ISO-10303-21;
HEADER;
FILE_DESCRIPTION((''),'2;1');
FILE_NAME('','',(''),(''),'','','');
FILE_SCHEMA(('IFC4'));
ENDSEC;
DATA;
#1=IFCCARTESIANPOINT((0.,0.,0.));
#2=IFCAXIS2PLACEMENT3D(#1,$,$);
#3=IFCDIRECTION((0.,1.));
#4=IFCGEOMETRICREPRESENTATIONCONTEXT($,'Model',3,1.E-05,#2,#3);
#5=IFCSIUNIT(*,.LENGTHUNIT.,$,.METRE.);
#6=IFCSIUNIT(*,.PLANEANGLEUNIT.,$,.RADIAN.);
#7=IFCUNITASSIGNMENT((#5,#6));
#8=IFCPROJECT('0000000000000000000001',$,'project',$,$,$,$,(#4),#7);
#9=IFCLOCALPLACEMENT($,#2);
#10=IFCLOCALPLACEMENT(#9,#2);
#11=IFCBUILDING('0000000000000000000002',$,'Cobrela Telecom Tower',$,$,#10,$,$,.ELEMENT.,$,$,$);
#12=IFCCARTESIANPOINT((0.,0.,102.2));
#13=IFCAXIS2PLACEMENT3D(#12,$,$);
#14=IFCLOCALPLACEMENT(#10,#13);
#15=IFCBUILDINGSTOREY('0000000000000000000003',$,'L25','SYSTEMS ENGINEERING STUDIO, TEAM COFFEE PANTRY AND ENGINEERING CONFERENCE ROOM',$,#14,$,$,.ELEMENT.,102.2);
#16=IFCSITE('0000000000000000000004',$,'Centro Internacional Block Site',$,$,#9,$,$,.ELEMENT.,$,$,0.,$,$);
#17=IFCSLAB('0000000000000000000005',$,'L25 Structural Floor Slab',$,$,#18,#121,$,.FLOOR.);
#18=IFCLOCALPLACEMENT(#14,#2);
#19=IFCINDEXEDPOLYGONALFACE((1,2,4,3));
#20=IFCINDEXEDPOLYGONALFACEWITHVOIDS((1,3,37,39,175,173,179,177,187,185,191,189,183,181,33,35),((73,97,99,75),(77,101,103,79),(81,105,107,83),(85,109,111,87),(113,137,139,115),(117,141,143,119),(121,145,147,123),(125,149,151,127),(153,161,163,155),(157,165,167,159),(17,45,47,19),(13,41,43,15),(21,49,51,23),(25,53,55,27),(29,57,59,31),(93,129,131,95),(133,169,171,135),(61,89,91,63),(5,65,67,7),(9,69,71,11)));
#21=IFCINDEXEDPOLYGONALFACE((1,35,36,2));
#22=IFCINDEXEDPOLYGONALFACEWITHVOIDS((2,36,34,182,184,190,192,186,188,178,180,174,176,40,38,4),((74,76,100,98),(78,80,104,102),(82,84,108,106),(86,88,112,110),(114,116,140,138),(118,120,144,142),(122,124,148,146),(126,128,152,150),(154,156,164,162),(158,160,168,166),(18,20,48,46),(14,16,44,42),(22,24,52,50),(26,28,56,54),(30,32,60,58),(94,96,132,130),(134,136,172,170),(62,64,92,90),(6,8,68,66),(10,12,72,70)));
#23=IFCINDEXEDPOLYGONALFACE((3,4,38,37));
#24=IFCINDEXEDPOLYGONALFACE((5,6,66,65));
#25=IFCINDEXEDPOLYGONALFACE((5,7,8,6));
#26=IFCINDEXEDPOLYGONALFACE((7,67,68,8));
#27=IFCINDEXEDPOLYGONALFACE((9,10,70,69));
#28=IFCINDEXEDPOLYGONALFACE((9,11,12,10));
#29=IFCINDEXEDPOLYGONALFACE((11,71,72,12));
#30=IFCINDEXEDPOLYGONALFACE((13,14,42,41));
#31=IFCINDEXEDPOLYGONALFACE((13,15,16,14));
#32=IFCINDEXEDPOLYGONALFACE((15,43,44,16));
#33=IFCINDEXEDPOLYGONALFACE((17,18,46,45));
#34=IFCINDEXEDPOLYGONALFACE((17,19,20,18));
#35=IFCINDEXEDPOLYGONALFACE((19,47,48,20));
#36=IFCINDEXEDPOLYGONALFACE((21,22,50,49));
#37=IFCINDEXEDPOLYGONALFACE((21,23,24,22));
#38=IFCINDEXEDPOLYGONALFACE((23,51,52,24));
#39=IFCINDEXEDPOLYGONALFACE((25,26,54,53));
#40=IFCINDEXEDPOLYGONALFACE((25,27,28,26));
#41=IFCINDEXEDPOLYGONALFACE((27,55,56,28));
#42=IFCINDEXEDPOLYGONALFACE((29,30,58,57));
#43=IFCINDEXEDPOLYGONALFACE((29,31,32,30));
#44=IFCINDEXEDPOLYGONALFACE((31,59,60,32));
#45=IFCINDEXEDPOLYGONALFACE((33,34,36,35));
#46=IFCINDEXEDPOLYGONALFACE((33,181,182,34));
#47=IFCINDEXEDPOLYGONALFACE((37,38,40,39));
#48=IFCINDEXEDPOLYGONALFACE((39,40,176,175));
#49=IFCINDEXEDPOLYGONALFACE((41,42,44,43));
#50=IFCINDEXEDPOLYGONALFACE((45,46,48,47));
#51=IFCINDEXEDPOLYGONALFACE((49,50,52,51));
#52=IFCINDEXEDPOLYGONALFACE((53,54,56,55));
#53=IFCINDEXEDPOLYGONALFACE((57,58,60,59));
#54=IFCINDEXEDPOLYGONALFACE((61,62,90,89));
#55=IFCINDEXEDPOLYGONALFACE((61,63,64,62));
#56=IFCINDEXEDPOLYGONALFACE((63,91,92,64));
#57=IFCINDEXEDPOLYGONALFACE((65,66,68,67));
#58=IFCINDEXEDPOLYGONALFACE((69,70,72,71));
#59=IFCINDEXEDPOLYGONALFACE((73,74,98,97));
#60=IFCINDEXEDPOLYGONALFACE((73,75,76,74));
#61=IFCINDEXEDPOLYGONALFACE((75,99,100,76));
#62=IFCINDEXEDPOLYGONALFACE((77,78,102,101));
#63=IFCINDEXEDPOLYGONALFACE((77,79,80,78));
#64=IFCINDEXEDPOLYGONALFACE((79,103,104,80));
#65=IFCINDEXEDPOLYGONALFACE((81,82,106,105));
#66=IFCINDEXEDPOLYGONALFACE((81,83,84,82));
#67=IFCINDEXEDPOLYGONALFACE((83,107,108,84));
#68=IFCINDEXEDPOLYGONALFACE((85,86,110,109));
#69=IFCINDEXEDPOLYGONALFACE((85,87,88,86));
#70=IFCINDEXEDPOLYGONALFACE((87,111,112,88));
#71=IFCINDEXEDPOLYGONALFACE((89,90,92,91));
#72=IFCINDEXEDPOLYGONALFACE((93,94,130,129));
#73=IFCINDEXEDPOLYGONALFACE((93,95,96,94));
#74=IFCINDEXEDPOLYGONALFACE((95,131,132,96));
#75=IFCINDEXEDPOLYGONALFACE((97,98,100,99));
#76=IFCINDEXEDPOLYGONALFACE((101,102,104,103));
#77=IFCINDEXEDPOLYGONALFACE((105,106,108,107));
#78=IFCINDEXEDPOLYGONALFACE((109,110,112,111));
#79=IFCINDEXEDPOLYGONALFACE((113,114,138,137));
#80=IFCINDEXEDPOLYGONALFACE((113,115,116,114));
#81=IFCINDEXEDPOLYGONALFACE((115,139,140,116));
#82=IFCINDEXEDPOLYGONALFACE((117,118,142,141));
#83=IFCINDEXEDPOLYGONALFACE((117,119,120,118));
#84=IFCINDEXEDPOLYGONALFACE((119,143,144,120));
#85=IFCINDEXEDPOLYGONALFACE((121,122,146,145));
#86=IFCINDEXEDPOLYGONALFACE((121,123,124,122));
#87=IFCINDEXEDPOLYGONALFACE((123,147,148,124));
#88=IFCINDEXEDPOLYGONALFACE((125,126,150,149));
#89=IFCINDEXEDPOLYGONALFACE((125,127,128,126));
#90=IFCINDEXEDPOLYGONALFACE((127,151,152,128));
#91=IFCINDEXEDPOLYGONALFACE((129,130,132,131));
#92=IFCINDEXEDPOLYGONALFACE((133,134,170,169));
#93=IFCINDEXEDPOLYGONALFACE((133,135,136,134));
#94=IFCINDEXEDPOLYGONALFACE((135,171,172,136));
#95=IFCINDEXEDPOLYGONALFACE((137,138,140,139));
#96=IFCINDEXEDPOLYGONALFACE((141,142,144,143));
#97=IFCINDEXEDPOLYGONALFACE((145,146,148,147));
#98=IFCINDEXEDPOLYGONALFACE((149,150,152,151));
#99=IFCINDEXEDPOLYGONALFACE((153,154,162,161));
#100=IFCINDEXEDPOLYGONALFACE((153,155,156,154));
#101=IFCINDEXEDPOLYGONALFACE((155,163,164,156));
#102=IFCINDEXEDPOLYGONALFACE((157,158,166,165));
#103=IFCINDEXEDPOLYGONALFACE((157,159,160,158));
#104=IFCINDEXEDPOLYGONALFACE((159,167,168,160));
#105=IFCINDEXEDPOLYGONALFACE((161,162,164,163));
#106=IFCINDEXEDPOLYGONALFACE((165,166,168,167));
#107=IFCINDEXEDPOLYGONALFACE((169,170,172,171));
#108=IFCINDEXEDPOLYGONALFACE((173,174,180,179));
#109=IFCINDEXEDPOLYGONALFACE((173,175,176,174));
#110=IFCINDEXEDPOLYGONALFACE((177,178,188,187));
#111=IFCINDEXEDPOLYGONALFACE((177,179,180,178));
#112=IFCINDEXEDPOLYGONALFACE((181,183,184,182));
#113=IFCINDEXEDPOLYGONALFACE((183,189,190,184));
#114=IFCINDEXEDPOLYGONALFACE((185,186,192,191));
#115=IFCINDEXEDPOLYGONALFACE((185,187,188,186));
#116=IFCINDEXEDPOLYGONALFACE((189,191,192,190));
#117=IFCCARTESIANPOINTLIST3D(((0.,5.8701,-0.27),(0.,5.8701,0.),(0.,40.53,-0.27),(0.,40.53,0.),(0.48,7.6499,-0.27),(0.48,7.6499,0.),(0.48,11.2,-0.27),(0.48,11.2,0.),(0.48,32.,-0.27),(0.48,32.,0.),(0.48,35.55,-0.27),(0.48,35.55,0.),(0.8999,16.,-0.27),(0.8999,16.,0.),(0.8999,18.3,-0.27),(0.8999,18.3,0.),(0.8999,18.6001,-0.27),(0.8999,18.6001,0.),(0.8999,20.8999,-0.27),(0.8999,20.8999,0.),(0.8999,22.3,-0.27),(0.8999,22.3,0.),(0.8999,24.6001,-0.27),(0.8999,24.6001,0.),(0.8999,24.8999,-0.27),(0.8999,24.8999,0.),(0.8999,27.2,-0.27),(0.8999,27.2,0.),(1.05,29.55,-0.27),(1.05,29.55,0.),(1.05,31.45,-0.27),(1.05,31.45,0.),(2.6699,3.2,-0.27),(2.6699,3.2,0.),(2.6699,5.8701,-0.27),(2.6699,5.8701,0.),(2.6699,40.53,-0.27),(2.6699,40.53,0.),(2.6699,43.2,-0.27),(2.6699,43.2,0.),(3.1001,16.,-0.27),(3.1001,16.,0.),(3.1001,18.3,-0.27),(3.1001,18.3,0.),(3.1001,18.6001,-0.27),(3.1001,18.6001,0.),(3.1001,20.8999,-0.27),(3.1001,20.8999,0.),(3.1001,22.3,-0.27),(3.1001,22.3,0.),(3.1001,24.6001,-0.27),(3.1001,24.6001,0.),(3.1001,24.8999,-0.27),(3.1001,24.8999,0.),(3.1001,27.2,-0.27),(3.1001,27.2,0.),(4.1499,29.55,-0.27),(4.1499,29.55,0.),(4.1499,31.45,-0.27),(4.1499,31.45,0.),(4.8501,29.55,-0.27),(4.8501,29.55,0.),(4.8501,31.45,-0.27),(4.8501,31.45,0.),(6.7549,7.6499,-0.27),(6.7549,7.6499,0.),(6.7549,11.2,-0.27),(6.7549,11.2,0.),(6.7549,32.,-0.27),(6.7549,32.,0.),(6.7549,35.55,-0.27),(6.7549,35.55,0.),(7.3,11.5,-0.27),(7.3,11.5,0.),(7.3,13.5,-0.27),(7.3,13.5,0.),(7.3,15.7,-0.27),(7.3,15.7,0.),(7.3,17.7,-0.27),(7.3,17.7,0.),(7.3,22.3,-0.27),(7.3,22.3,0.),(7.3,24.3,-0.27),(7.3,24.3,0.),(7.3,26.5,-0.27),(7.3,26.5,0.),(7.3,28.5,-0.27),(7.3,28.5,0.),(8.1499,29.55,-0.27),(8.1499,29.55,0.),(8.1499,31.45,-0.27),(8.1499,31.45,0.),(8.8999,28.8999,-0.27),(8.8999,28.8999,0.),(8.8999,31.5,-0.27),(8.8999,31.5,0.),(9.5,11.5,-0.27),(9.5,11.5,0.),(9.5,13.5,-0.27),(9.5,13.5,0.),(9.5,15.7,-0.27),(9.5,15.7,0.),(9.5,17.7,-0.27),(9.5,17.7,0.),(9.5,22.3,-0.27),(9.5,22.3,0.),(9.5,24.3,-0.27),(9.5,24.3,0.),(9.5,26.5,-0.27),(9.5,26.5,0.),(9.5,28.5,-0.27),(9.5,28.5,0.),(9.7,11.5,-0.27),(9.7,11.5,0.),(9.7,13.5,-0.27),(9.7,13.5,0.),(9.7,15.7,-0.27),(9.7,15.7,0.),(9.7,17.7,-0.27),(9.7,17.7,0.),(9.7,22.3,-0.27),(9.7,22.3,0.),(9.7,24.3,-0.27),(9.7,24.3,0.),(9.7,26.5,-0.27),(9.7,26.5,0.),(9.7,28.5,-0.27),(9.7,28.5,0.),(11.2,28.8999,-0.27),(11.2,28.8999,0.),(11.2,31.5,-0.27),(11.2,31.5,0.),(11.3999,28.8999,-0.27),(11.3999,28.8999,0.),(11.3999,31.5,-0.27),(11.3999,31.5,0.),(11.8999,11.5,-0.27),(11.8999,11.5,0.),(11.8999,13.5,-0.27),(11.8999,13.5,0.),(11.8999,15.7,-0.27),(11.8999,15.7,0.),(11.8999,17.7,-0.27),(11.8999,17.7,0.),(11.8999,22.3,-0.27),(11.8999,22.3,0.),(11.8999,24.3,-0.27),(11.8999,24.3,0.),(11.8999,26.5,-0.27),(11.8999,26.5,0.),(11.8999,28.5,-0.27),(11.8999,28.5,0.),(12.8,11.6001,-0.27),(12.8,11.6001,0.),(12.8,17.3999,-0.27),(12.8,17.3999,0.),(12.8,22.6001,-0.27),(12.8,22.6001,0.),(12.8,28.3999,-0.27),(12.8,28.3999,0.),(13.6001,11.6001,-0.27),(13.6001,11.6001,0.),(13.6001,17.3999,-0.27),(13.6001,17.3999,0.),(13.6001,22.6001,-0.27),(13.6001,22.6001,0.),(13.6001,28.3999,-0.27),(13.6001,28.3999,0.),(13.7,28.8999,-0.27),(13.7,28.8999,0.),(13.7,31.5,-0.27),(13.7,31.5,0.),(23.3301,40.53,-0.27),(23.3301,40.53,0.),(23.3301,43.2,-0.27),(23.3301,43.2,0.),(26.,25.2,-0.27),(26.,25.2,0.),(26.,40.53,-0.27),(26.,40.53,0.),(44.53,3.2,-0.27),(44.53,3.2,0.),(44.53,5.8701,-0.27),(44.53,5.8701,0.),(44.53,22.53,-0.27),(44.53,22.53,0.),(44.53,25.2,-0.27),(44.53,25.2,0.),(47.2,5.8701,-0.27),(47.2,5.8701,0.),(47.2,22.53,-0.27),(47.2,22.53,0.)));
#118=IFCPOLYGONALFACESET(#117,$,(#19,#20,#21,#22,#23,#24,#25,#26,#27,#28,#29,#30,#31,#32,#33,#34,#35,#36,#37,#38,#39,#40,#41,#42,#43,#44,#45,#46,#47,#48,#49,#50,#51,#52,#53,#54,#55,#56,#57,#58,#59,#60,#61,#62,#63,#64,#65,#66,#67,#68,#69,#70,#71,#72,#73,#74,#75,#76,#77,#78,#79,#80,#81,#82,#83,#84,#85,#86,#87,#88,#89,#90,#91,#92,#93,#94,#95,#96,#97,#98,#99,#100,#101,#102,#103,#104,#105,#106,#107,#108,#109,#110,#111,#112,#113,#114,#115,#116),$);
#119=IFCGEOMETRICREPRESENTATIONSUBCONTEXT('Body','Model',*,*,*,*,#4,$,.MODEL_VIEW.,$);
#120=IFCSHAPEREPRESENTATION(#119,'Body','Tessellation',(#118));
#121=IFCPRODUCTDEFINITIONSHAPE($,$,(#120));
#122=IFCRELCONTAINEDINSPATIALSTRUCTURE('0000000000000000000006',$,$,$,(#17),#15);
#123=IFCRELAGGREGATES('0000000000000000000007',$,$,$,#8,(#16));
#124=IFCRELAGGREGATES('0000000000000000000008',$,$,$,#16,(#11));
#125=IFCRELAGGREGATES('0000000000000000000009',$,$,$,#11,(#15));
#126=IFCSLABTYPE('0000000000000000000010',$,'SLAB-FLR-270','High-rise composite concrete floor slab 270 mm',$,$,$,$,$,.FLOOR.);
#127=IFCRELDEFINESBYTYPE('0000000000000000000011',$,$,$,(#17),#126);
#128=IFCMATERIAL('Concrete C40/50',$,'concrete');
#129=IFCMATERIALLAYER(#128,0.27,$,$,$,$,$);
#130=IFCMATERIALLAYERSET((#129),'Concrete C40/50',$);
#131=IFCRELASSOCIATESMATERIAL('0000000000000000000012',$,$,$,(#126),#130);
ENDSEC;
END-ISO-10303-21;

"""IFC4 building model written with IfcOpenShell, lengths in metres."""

from ifc_helpers import new_model, si_unit, direction, frame, origin, place, context, subcontext, project, spatial, polyline, outline, extrude, material, layer, layer_set, type_object, element, save


model = new_model("IFC4")

# Units and contexts
model_context = context("Model", 3, precision=1e-05, world=origin(), true_north=direction((0.0, 1.0)))
body_context = subcontext(model_context, "Body", "Model", "MODEL_VIEW")
ifc_project = project(units=[si_unit("LENGTHUNIT", "METRE"), si_unit("PLANEANGLEUNIT", "RADIAN")], contexts=[model_context])

# Site, building, storey
site_placement = place(None, origin())
site = spatial("IfcSite", under=ifc_project, at=site_placement, Name="Centro Internacional Block Site", CompositionType="ELEMENT", RefElevation=0.0)
building_placement = place(site_placement, origin())
building = spatial("IfcBuilding", under=site, at=building_placement, Name="Cobrela Telecom Tower", CompositionType="ELEMENT")
storey_placement = place(building_placement, frame((0.0, 0.0, 102.2)))
storey = spatial("IfcBuildingStorey", under=building, at=storey_placement, Name="L25", Description="SYSTEMS ENGINEERING STUDIO, TEAM COFFEE PANTRY AND ENGINEERING CONFERENCE ROOM", CompositionType="ELEMENT", Elevation=102.2)

# Slab, openings
ifc_material_1 = material(Name="Concrete C40/50", Category="concrete")
ifc_layer_1 = layer(ifc_material_1, 0.27)
ifc_layer_set_1 = layer_set([ifc_layer_1], Name="Concrete C40/50")
slab_type_1 = type_object("IfcSlabType", Name="SLAB-FLR-270", Description="High-rise composite concrete floor slab 270 mm", PredefinedType="FLOOR", material=ifc_layer_set_1)
slab_1_placement = place(storey_placement, frame((0.0, 0.0, -0.27)))
slab_1 = element("IfcSlab", 1, at=slab_1_placement, inside=storey, type_object=slab_type_1, Name="L25 Structural Floor Slab", PredefinedType="FLOOR", context=body_context, shape_type="SweptSolid", body=[
    extrude(outline(polyline([(2.6699, 3.2), (44.53, 3.2), (44.53, 5.8701), (47.2, 5.8701), (47.2, 22.53), (44.53, 22.53), (44.53, 25.2), (26.0, 25.2), (26.0, 40.53), (23.3301, 40.53), (23.3301, 43.2), (2.6699, 43.2), (2.6699, 40.53), (0.0, 40.53), (0.0, 5.8701), (2.6699, 5.8701), (2.6699, 3.2)])), origin(), (0.0, 0.0, 1.0), 0.27),
])
opening_1_placement = place(slab_1_placement, frame((0.0, 0.0, -0.02)))
element("IfcOpeningElement", 2, at=opening_1_placement, cuts=slab_1, PredefinedType="OPENING", context=body_context, shape_type="SweptSolid", body=[
    extrude(outline(polyline([(8.8999, 28.8999), (11.2, 28.8999), (11.2, 31.5), (8.8999, 31.5), (8.8999, 28.8999)])), origin(), (0.0, 0.0, 1.0), 0.3101),
])
opening_2_placement = place(slab_1_placement, frame((0.0, 0.0, -0.02)))
element("IfcOpeningElement", 3, at=opening_2_placement, cuts=slab_1, PredefinedType="OPENING", context=body_context, shape_type="SweptSolid", body=[
    extrude(outline(polyline([(11.3999, 28.8999), (13.7, 28.8999), (13.7, 31.5), (11.3999, 31.5), (11.3999, 28.8999)])), origin(), (0.0, 0.0, 1.0), 0.3101),
])
opening_3_placement = place(slab_1_placement, frame((0.0, 0.0, -0.02)))
element("IfcOpeningElement", 4, at=opening_3_placement, cuts=slab_1, PredefinedType="OPENING", context=body_context, shape_type="SweptSolid", body=[
    extrude(outline(polyline([(7.3, 22.3), (9.5, 22.3), (9.5, 24.3), (7.3, 24.3), (7.3, 22.3)])), origin(), (0.0, 0.0, 1.0), 0.3101),
])
opening_4_placement = place(slab_1_placement, frame((0.0, 0.0, -0.02)))
element("IfcOpeningElement", 5, at=opening_4_placement, cuts=slab_1, PredefinedType="OPENING", context=body_context, shape_type="SweptSolid", body=[
    extrude(outline(polyline([(9.7, 22.3), (11.8999, 22.3), (11.8999, 24.3), (9.7, 24.3), (9.7, 22.3)])), origin(), (0.0, 0.0, 1.0), 0.3101),
])
opening_5_placement = place(slab_1_placement, frame((0.0, 0.0, -0.02)))
element("IfcOpeningElement", 6, at=opening_5_placement, cuts=slab_1, PredefinedType="OPENING", context=body_context, shape_type="SweptSolid", body=[
    extrude(outline(polyline([(7.3, 26.5), (9.5, 26.5), (9.5, 28.5), (7.3, 28.5), (7.3, 26.5)])), origin(), (0.0, 0.0, 1.0), 0.3101),
])
opening_6_placement = place(slab_1_placement, frame((0.0, 0.0, -0.02)))
element("IfcOpeningElement", 7, at=opening_6_placement, cuts=slab_1, PredefinedType="OPENING", context=body_context, shape_type="SweptSolid", body=[
    extrude(outline(polyline([(9.7, 26.5), (11.8999, 26.5), (11.8999, 28.5), (9.7, 28.5), (9.7, 26.5)])), origin(), (0.0, 0.0, 1.0), 0.3101),
])
opening_7_placement = place(slab_1_placement, frame((0.0, 0.0, -0.02)))
element("IfcOpeningElement", 8, at=opening_7_placement, cuts=slab_1, PredefinedType="OPENING", context=body_context, shape_type="SweptSolid", body=[
    extrude(outline(polyline([(7.3, 15.7), (9.5, 15.7), (9.5, 17.7), (7.3, 17.7), (7.3, 15.7)])), origin(), (0.0, 0.0, 1.0), 0.3101),
])
opening_8_placement = place(slab_1_placement, frame((0.0, 0.0, -0.02)))
element("IfcOpeningElement", 9, at=opening_8_placement, cuts=slab_1, PredefinedType="OPENING", context=body_context, shape_type="SweptSolid", body=[
    extrude(outline(polyline([(9.7, 15.7), (11.8999, 15.7), (11.8999, 17.7), (9.7, 17.7), (9.7, 15.7)])), origin(), (0.0, 0.0, 1.0), 0.3101),
])
opening_9_placement = place(slab_1_placement, frame((0.0, 0.0, -0.02)))
element("IfcOpeningElement", 10, at=opening_9_placement, cuts=slab_1, PredefinedType="OPENING", context=body_context, shape_type="SweptSolid", body=[
    extrude(outline(polyline([(7.3, 11.5), (9.5, 11.5), (9.5, 13.5), (7.3, 13.5), (7.3, 11.5)])), origin(), (0.0, 0.0, 1.0), 0.3101),
])
opening_10_placement = place(slab_1_placement, frame((0.0, 0.0, -0.02)))
element("IfcOpeningElement", 11, at=opening_10_placement, cuts=slab_1, PredefinedType="OPENING", context=body_context, shape_type="SweptSolid", body=[
    extrude(outline(polyline([(9.7, 11.5), (11.8999, 11.5), (11.8999, 13.5), (9.7, 13.5), (9.7, 11.5)])), origin(), (0.0, 0.0, 1.0), 0.3101),
])
opening_11_placement = place(slab_1_placement, frame((0.0, 0.0, -0.02)))
element("IfcOpeningElement", 12, at=opening_11_placement, cuts=slab_1, PredefinedType="OPENING", context=body_context, shape_type="SweptSolid", body=[
    extrude(outline(polyline([(0.8999, 16.0), (3.1001, 16.0), (3.1001, 18.3), (0.8999, 18.3), (0.8999, 16.0)])), origin(), (0.0, 0.0, 1.0), 0.3101),
])
opening_12_placement = place(slab_1_placement, frame((0.0, 0.0, -0.02)))
element("IfcOpeningElement", 13, at=opening_12_placement, cuts=slab_1, PredefinedType="OPENING", context=body_context, shape_type="SweptSolid", body=[
    extrude(outline(polyline([(0.8999, 18.6001), (3.1001, 18.6001), (3.1001, 20.8999), (0.8999, 20.8999), (0.8999, 18.6001)])), origin(), (0.0, 0.0, 1.0), 0.3101),
])
opening_13_placement = place(slab_1_placement, frame((0.0, 0.0, -0.02)))
element("IfcOpeningElement", 14, at=opening_13_placement, cuts=slab_1, PredefinedType="OPENING", context=body_context, shape_type="SweptSolid", body=[
    extrude(outline(polyline([(0.8999, 22.3), (3.1001, 22.3), (3.1001, 24.6001), (0.8999, 24.6001), (0.8999, 22.3)])), origin(), (0.0, 0.0, 1.0), 0.3101),
])
opening_14_placement = place(slab_1_placement, frame((0.0, 0.0, -0.02)))
element("IfcOpeningElement", 15, at=opening_14_placement, cuts=slab_1, PredefinedType="OPENING", context=body_context, shape_type="SweptSolid", body=[
    extrude(outline(polyline([(0.8999, 24.8999), (3.1001, 24.8999), (3.1001, 27.2), (0.8999, 27.2), (0.8999, 24.8999)])), origin(), (0.0, 0.0, 1.0), 0.3101),
])
opening_15_placement = place(slab_1_placement, frame((0.0, 0.0, -0.02)))
element("IfcOpeningElement", 16, at=opening_15_placement, cuts=slab_1, PredefinedType="OPENING", context=body_context, shape_type="SweptSolid", body=[
    extrude(outline(polyline([(1.05, 29.55), (4.1499, 29.55), (4.1499, 31.45), (1.05, 31.45), (1.05, 29.55)])), origin(), (0.0, 0.0, 1.0), 0.3101),
])
opening_16_placement = place(slab_1_placement, frame((0.0, 0.0, -0.02)))
element("IfcOpeningElement", 17, at=opening_16_placement, cuts=slab_1, PredefinedType="OPENING", context=body_context, shape_type="SweptSolid", body=[
    extrude(outline(polyline([(4.8501, 29.55), (8.1499, 29.55), (8.1499, 31.45), (4.8501, 31.45), (4.8501, 29.55)])), origin(), (0.0, 0.0, 1.0), 0.3101),
])
opening_17_placement = place(slab_1_placement, frame((0.0, 0.0, -0.02)))
element("IfcOpeningElement", 18, at=opening_17_placement, cuts=slab_1, PredefinedType="OPENING", context=body_context, shape_type="SweptSolid", body=[
    extrude(outline(polyline([(12.8, 22.6001), (13.6001, 22.6001), (13.6001, 28.3999), (12.8, 28.3999), (12.8, 22.6001)])), origin(), (0.0, 0.0, 1.0), 0.3101),
])
opening_18_placement = place(slab_1_placement, frame((0.0, 0.0, -0.02)))
element("IfcOpeningElement", 19, at=opening_18_placement, cuts=slab_1, PredefinedType="OPENING", context=body_context, shape_type="SweptSolid", body=[
    extrude(outline(polyline([(12.8, 11.6001), (13.6001, 11.6001), (13.6001, 17.3999), (12.8, 17.3999), (12.8, 11.6001)])), origin(), (0.0, 0.0, 1.0), 0.3101),
])
opening_19_placement = place(slab_1_placement, frame((0.0, 0.0, -0.02)))
element("IfcOpeningElement", 20, at=opening_19_placement, cuts=slab_1, PredefinedType="OPENING", context=body_context, shape_type="SweptSolid", body=[
    extrude(outline(polyline([(6.7549, 35.55), (0.48, 35.55), (0.48, 32.0), (6.7549, 32.0), (6.7549, 35.55)])), origin(), (0.0, 0.0, 1.0), 0.3101),
])
opening_20_placement = place(slab_1_placement, frame((0.0, 0.0, -0.02)))
element("IfcOpeningElement", 21, at=opening_20_placement, cuts=slab_1, PredefinedType="OPENING", context=body_context, shape_type="SweptSolid", body=[
    extrude(outline(polyline([(6.7549, 11.2), (0.48, 11.2), (0.48, 7.6499), (6.7549, 7.6499), (6.7549, 11.2)])), origin(), (0.0, 0.0, 1.0), 0.3101),
])

save(model, "model.ifc")
